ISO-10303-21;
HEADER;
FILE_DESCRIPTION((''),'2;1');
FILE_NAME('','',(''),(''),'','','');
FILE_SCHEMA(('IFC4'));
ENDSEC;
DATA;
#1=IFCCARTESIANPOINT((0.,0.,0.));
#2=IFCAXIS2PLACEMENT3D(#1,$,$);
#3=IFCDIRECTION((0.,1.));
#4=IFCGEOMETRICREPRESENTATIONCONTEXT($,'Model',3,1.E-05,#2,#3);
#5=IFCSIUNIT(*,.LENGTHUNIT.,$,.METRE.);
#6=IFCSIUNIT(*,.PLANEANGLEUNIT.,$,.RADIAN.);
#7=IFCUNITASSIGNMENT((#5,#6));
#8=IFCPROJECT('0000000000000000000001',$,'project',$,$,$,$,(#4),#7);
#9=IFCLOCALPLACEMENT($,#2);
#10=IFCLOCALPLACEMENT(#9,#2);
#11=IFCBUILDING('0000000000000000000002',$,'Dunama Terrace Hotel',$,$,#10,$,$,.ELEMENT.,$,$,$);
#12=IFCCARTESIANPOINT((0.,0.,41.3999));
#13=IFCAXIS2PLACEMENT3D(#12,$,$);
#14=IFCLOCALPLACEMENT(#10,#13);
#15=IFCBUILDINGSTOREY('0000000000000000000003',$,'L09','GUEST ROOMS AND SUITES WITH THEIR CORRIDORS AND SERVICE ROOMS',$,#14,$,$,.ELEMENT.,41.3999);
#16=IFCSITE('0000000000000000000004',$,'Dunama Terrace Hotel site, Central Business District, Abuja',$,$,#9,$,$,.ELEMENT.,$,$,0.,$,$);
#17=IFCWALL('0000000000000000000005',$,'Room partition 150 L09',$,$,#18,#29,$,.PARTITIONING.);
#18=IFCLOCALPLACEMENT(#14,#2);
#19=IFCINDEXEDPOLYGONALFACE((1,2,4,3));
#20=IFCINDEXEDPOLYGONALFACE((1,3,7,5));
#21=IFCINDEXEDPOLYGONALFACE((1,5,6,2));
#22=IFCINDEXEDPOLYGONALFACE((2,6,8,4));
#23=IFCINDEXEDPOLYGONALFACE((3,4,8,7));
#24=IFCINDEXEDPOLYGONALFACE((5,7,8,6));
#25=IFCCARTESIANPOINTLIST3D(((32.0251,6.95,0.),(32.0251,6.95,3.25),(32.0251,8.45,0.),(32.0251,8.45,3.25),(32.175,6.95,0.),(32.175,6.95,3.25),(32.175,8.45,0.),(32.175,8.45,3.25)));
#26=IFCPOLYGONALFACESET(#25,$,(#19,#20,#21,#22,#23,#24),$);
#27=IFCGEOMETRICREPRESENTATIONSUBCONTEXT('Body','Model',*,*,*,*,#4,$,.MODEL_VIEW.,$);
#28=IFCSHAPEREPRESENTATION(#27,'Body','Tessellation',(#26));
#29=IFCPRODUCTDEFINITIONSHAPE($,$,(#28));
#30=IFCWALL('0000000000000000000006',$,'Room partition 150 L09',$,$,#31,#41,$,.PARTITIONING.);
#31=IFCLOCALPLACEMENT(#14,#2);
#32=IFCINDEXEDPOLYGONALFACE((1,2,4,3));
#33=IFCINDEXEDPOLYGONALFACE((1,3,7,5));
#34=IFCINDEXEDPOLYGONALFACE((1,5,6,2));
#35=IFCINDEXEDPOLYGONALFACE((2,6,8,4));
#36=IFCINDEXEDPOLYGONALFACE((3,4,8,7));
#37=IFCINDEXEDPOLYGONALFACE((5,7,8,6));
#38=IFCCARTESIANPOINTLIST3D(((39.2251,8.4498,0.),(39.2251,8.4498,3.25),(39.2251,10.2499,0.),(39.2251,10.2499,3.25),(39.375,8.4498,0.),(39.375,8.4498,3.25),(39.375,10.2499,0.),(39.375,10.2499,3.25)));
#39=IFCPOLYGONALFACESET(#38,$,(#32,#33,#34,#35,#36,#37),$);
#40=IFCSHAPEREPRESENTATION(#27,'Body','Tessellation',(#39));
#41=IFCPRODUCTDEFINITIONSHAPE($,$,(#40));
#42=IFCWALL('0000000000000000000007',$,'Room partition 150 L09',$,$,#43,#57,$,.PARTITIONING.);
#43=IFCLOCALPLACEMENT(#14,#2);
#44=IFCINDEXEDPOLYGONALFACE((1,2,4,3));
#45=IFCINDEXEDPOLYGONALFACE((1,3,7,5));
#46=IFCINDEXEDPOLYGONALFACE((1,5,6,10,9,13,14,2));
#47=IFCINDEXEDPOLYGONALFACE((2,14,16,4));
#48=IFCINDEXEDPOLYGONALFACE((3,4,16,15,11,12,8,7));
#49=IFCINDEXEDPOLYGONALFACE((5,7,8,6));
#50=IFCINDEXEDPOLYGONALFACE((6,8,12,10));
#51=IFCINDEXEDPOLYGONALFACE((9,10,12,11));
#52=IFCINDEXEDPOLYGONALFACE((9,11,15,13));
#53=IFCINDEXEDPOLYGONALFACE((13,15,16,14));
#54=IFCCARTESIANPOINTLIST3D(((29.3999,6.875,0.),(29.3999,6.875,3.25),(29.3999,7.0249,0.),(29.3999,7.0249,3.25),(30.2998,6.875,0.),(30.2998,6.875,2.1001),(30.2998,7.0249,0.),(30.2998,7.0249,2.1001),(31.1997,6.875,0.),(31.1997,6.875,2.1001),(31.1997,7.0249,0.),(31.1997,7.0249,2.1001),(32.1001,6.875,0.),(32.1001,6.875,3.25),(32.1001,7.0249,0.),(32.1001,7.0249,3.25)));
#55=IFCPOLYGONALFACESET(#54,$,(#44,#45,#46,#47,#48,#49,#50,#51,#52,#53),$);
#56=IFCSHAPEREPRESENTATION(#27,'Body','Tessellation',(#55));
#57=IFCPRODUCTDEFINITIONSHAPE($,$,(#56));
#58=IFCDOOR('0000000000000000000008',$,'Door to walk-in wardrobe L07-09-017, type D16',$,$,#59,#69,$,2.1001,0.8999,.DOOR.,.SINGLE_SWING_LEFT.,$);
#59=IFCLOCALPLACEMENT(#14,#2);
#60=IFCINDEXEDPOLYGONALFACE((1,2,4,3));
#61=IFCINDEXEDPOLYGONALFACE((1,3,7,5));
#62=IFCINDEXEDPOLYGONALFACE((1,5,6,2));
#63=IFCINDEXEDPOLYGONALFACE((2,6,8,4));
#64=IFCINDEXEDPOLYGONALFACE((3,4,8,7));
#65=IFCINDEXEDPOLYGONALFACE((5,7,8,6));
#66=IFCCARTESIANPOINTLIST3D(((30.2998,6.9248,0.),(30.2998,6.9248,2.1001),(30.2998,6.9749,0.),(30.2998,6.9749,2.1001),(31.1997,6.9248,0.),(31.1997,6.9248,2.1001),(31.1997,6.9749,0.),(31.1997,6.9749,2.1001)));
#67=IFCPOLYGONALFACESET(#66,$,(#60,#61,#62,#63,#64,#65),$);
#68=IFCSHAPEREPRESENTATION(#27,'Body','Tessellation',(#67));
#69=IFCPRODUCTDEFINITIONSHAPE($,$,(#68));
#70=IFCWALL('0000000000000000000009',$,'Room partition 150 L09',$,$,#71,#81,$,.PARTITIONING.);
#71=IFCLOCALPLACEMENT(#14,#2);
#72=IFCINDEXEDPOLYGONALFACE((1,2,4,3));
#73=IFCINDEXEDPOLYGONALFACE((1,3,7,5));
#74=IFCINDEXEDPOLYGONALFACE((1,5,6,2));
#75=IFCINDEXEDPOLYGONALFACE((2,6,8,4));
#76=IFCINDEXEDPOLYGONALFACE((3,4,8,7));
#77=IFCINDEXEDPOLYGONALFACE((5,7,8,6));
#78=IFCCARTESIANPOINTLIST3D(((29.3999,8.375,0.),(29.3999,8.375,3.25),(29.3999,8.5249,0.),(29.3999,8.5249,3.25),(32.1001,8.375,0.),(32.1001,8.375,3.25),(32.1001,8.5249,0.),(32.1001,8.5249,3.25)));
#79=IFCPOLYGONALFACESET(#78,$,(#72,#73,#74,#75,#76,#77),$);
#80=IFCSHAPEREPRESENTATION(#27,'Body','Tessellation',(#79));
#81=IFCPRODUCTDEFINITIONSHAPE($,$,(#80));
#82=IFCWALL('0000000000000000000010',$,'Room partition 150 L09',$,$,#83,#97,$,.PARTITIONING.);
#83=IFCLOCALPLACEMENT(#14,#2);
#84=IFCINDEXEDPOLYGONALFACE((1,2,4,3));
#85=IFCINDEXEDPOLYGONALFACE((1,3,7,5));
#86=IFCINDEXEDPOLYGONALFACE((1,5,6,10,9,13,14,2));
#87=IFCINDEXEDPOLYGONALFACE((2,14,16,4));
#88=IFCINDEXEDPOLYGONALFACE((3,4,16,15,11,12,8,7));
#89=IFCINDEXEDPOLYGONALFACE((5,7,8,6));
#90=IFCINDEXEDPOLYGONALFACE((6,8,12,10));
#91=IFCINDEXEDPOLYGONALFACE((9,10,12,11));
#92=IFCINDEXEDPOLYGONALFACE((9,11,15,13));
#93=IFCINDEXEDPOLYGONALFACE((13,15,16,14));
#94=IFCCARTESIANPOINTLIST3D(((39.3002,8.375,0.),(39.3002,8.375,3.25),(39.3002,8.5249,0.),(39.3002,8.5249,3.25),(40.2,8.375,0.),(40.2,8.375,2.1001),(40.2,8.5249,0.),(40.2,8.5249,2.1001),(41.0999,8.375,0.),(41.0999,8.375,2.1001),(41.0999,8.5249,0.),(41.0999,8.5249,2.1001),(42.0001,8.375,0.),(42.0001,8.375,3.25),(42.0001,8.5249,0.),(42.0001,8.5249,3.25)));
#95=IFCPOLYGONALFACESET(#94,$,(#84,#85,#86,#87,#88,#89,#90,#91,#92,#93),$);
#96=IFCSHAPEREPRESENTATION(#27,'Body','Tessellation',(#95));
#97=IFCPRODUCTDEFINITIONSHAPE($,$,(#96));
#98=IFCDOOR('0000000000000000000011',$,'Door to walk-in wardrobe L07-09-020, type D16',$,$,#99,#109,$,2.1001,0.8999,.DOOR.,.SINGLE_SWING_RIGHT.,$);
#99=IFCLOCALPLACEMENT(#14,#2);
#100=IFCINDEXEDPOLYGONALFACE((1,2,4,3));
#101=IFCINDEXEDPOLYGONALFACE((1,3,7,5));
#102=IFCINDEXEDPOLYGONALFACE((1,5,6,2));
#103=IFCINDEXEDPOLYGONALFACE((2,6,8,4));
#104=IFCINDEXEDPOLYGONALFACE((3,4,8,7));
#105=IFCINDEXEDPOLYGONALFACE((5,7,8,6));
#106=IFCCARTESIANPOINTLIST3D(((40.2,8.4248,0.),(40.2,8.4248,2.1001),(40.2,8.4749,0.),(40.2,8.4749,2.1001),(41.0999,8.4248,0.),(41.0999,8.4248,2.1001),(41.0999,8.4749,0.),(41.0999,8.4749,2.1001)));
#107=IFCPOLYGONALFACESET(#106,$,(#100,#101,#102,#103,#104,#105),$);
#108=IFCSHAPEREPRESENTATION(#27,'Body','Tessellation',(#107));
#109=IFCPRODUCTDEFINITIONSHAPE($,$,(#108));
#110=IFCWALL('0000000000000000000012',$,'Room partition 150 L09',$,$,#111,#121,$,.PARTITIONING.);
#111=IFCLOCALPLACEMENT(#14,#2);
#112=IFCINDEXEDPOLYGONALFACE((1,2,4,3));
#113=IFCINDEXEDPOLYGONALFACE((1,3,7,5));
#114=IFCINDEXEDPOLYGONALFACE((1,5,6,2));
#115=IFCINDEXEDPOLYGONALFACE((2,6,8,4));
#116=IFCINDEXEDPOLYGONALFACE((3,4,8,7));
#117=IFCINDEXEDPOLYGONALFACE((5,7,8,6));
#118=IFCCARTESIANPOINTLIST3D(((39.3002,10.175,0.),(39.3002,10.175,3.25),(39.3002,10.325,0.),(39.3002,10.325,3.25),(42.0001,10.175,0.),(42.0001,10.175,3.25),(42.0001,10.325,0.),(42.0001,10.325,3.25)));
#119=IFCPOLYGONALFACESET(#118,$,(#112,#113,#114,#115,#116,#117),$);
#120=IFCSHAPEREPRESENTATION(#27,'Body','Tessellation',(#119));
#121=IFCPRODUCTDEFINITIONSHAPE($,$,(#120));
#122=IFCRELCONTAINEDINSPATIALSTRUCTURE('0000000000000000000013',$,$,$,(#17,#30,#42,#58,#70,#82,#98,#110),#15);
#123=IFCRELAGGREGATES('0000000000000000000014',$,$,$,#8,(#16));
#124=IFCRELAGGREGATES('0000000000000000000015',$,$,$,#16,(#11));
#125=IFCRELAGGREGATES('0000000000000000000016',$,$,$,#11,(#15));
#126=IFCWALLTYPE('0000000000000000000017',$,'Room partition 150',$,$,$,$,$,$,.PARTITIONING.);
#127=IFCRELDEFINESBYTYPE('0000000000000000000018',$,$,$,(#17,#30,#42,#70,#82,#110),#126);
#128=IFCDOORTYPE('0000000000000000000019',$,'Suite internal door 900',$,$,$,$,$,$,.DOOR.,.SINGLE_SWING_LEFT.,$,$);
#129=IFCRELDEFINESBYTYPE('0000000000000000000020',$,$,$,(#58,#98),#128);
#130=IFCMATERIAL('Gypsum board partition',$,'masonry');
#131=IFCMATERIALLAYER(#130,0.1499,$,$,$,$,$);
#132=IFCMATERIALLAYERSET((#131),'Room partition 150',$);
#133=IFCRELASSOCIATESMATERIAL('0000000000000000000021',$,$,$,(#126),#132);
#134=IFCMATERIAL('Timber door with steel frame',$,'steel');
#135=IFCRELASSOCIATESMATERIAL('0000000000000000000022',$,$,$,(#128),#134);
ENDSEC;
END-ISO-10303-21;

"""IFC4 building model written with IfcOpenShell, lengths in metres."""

from ifc_helpers import new_model, si_unit, direction, frame, frame_2d, origin, place, context, subcontext, project, spatial, rectangle, extrude, material, layer, layer_set, type_object, element, fill, save


model = new_model("IFC4")

# Units and contexts
model_context = context("Model", 3, precision=1e-05, world=origin(), true_north=direction((0.0, 1.0)))
body_context = subcontext(model_context, "Body", "Model", "MODEL_VIEW")
ifc_project = project(units=[si_unit("LENGTHUNIT", "METRE"), si_unit("PLANEANGLEUNIT", "RADIAN")], contexts=[model_context])

# Site, building, storey
site_placement = place(None, origin())
site = spatial("IfcSite", under=ifc_project, at=site_placement, Name="Dunama Terrace Hotel site, Central Business District, Abuja", CompositionType="ELEMENT", RefElevation=0.0)
building_placement = place(site_placement, origin())
building = spatial("IfcBuilding", under=site, at=building_placement, Name="Dunama Terrace Hotel", CompositionType="ELEMENT")
storey_placement = place(building_placement, frame((0.0, 0.0, 41.3999)))
storey = spatial("IfcBuildingStorey", under=building, at=storey_placement, Name="L09", Description="GUEST ROOMS AND SUITES WITH THEIR CORRIDORS AND SERVICE ROOMS", CompositionType="ELEMENT", Elevation=41.3999)

# Walls
ifc_material_1 = material(Name="Gypsum board partition", Category="masonry")
ifc_layer_1 = layer(ifc_material_1, 0.1499)
ifc_layer_set_1 = layer_set([ifc_layer_1], Name="Room partition 150")
wall_type_1 = type_object("IfcWallType", Name="Room partition 150", PredefinedType="PARTITIONING", material=ifc_layer_set_1)
wall_1_placement = place(storey_placement, frame((32.1001, 6.95, 0.0), z_axis=(0.0, 0.0, 1.0), x_axis=(0.0, 1.0, 0.0)))
element("IfcWall", 1, at=wall_1_placement, inside=storey, type_object=wall_type_1, Name="Room partition 150 L09", PredefinedType="PARTITIONING", context=body_context, shape_type="SweptSolid", body=[
    extrude(rectangle(XDim=1.5, YDim=0.1499, at=frame_2d((0.75, 0.0))), origin(), (0.0, 0.0, 1.0), 3.25),
])
wall_2_placement = place(storey_placement, frame((39.3, 8.45, 0.0), z_axis=(0.0, 0.0, 1.0), x_axis=(0.0, 1.0, 0.0)))
element("IfcWall", 2, at=wall_2_placement, inside=storey, type_object=wall_type_1, Name="Room partition 150 L09", PredefinedType="PARTITIONING", context=body_context, shape_type="SweptSolid", body=[
    extrude(rectangle(XDim=1.8, YDim=0.1499, at=frame_2d((0.8999, 0.0))), origin(), (0.0, 0.0, 1.0), 3.25),
])

# Wall, opening, door
wall_3_placement = place(storey_placement, frame((29.3999, 6.95, 0.0), z_axis=(0.0, 0.0, 1.0), x_axis=(1.0, 0.0, 0.0)))
wall_3 = element("IfcWall", 3, at=wall_3_placement, inside=storey, type_object=wall_type_1, Name="Room partition 150 L09", PredefinedType="PARTITIONING", context=body_context, shape_type="SweptSolid", body=[
    extrude(rectangle(XDim=2.7002, YDim=0.1499, at=frame_2d((1.3501, 0.0))), origin(), (0.0, 0.0, 1.0), 3.25),
])
opening_1_placement = place(wall_3_placement, frame((0.8999, 0.0, 0.0)))
opening_1 = element("IfcOpeningElement", 4, at=opening_1_placement, cuts=wall_3, PredefinedType="OPENING", context=body_context, shape_type="SweptSolid", body=[
    extrude(rectangle(XDim=0.8999, YDim=2.1001, at=frame_2d((0.45, 1.05))), frame((0.0, 0.085, 0.0), z_axis=(0.0, -1.0, 0.0), x_axis=(1.0, 0.0, 0.0)), (0.0, 0.0, 1.0), 0.1699),
])
ifc_material_2 = material(Name="Timber door with steel frame", Category="steel")
door_type_1 = type_object("IfcDoorType", Name="Suite internal door 900", OperationType="SINGLE_SWING_LEFT", PredefinedType="DOOR", material=ifc_material_2)
door_1_placement = place(opening_1_placement, origin())
door_1 = element("IfcDoor", 5, at=door_1_placement, inside=storey, type_object=door_type_1, Name="Door to walk-in wardrobe L07-09-017, type D16", OperationType="SINGLE_SWING_LEFT", OverallHeight=2.1001, OverallWidth=0.8999, PredefinedType="DOOR", context=body_context, shape_type="SweptSolid", body=[
    extrude(rectangle(XDim=0.8999, YDim=2.1001, at=frame_2d((0.45, 1.05))), frame((0.0, 0.0249, 0.0), z_axis=(0.0, -1.0, 0.0), x_axis=(1.0, 0.0, 0.0)), (0.0, 0.0, 1.0), 0.05),
])
fill(opening_1, door_1)

# Wall
wall_4_placement = place(storey_placement, frame((29.3999, 8.45, 0.0), z_axis=(0.0, 0.0, 1.0), x_axis=(1.0, 0.0, 0.0)))
element("IfcWall", 6, at=wall_4_placement, inside=storey, type_object=wall_type_1, Name="Room partition 150 L09", PredefinedType="PARTITIONING", context=body_context, shape_type="SweptSolid", body=[
    extrude(rectangle(XDim=2.7002, YDim=0.1499, at=frame_2d((1.3501, 0.0))), origin(), (0.0, 0.0, 1.0), 3.25),
])

# Wall, opening, door
wall_5_placement = place(storey_placement, frame((39.3, 8.45, 0.0), z_axis=(0.0, 0.0, 1.0), x_axis=(1.0, 0.0, 0.0)))
wall_5 = element("IfcWall", 7, at=wall_5_placement, inside=storey, type_object=wall_type_1, Name="Room partition 150 L09", PredefinedType="PARTITIONING", context=body_context, shape_type="SweptSolid", body=[
    extrude(rectangle(XDim=2.7, YDim=0.1499, at=frame_2d((1.3501, 0.0))), origin(), (0.0, 0.0, 1.0), 3.25),
])
opening_2_placement = place(wall_5_placement, frame((0.8999, 0.0, 0.0)))
opening_2 = element("IfcOpeningElement", 8, at=opening_2_placement, cuts=wall_5, PredefinedType="OPENING", context=body_context, shape_type="SweptSolid", body=[
    extrude(rectangle(XDim=0.8999, YDim=2.1001, at=frame_2d((0.45, 1.05))), frame((0.0, 0.085, 0.0), z_axis=(0.0, -1.0, 0.0), x_axis=(1.0, 0.0, 0.0)), (0.0, 0.0, 1.0), 0.1699),
])
door_2_placement = place(opening_2_placement, origin())
door_2 = element("IfcDoor", 9, at=door_2_placement, inside=storey, type_object=door_type_1, Name="Door to walk-in wardrobe L07-09-020, type D16", OperationType="SINGLE_SWING_RIGHT", OverallHeight=2.1001, OverallWidth=0.8999, PredefinedType="DOOR", context=body_context, shape_type="SweptSolid", body=[
    extrude(rectangle(XDim=0.8999, YDim=2.1001, at=frame_2d((0.45, 1.05))), frame((0.0, 0.0249, 0.0), z_axis=(0.0, -1.0, 0.0), x_axis=(1.0, 0.0, 0.0)), (0.0, 0.0, 1.0), 0.05),
])
fill(opening_2, door_2)

# Wall
wall_6_placement = place(storey_placement, frame((39.3, 10.25, 0.0), z_axis=(0.0, 0.0, 1.0), x_axis=(1.0, 0.0, 0.0)))
element("IfcWall", 10, at=wall_6_placement, inside=storey, type_object=wall_type_1, Name="Room partition 150 L09", PredefinedType="PARTITIONING", context=body_context, shape_type="SweptSolid", body=[
    extrude(rectangle(XDim=2.7, YDim=0.1499, at=frame_2d((1.3501, 0.0))), origin(), (0.0, 0.0, 1.0), 3.25),
])

save(model, "model.ifc")
